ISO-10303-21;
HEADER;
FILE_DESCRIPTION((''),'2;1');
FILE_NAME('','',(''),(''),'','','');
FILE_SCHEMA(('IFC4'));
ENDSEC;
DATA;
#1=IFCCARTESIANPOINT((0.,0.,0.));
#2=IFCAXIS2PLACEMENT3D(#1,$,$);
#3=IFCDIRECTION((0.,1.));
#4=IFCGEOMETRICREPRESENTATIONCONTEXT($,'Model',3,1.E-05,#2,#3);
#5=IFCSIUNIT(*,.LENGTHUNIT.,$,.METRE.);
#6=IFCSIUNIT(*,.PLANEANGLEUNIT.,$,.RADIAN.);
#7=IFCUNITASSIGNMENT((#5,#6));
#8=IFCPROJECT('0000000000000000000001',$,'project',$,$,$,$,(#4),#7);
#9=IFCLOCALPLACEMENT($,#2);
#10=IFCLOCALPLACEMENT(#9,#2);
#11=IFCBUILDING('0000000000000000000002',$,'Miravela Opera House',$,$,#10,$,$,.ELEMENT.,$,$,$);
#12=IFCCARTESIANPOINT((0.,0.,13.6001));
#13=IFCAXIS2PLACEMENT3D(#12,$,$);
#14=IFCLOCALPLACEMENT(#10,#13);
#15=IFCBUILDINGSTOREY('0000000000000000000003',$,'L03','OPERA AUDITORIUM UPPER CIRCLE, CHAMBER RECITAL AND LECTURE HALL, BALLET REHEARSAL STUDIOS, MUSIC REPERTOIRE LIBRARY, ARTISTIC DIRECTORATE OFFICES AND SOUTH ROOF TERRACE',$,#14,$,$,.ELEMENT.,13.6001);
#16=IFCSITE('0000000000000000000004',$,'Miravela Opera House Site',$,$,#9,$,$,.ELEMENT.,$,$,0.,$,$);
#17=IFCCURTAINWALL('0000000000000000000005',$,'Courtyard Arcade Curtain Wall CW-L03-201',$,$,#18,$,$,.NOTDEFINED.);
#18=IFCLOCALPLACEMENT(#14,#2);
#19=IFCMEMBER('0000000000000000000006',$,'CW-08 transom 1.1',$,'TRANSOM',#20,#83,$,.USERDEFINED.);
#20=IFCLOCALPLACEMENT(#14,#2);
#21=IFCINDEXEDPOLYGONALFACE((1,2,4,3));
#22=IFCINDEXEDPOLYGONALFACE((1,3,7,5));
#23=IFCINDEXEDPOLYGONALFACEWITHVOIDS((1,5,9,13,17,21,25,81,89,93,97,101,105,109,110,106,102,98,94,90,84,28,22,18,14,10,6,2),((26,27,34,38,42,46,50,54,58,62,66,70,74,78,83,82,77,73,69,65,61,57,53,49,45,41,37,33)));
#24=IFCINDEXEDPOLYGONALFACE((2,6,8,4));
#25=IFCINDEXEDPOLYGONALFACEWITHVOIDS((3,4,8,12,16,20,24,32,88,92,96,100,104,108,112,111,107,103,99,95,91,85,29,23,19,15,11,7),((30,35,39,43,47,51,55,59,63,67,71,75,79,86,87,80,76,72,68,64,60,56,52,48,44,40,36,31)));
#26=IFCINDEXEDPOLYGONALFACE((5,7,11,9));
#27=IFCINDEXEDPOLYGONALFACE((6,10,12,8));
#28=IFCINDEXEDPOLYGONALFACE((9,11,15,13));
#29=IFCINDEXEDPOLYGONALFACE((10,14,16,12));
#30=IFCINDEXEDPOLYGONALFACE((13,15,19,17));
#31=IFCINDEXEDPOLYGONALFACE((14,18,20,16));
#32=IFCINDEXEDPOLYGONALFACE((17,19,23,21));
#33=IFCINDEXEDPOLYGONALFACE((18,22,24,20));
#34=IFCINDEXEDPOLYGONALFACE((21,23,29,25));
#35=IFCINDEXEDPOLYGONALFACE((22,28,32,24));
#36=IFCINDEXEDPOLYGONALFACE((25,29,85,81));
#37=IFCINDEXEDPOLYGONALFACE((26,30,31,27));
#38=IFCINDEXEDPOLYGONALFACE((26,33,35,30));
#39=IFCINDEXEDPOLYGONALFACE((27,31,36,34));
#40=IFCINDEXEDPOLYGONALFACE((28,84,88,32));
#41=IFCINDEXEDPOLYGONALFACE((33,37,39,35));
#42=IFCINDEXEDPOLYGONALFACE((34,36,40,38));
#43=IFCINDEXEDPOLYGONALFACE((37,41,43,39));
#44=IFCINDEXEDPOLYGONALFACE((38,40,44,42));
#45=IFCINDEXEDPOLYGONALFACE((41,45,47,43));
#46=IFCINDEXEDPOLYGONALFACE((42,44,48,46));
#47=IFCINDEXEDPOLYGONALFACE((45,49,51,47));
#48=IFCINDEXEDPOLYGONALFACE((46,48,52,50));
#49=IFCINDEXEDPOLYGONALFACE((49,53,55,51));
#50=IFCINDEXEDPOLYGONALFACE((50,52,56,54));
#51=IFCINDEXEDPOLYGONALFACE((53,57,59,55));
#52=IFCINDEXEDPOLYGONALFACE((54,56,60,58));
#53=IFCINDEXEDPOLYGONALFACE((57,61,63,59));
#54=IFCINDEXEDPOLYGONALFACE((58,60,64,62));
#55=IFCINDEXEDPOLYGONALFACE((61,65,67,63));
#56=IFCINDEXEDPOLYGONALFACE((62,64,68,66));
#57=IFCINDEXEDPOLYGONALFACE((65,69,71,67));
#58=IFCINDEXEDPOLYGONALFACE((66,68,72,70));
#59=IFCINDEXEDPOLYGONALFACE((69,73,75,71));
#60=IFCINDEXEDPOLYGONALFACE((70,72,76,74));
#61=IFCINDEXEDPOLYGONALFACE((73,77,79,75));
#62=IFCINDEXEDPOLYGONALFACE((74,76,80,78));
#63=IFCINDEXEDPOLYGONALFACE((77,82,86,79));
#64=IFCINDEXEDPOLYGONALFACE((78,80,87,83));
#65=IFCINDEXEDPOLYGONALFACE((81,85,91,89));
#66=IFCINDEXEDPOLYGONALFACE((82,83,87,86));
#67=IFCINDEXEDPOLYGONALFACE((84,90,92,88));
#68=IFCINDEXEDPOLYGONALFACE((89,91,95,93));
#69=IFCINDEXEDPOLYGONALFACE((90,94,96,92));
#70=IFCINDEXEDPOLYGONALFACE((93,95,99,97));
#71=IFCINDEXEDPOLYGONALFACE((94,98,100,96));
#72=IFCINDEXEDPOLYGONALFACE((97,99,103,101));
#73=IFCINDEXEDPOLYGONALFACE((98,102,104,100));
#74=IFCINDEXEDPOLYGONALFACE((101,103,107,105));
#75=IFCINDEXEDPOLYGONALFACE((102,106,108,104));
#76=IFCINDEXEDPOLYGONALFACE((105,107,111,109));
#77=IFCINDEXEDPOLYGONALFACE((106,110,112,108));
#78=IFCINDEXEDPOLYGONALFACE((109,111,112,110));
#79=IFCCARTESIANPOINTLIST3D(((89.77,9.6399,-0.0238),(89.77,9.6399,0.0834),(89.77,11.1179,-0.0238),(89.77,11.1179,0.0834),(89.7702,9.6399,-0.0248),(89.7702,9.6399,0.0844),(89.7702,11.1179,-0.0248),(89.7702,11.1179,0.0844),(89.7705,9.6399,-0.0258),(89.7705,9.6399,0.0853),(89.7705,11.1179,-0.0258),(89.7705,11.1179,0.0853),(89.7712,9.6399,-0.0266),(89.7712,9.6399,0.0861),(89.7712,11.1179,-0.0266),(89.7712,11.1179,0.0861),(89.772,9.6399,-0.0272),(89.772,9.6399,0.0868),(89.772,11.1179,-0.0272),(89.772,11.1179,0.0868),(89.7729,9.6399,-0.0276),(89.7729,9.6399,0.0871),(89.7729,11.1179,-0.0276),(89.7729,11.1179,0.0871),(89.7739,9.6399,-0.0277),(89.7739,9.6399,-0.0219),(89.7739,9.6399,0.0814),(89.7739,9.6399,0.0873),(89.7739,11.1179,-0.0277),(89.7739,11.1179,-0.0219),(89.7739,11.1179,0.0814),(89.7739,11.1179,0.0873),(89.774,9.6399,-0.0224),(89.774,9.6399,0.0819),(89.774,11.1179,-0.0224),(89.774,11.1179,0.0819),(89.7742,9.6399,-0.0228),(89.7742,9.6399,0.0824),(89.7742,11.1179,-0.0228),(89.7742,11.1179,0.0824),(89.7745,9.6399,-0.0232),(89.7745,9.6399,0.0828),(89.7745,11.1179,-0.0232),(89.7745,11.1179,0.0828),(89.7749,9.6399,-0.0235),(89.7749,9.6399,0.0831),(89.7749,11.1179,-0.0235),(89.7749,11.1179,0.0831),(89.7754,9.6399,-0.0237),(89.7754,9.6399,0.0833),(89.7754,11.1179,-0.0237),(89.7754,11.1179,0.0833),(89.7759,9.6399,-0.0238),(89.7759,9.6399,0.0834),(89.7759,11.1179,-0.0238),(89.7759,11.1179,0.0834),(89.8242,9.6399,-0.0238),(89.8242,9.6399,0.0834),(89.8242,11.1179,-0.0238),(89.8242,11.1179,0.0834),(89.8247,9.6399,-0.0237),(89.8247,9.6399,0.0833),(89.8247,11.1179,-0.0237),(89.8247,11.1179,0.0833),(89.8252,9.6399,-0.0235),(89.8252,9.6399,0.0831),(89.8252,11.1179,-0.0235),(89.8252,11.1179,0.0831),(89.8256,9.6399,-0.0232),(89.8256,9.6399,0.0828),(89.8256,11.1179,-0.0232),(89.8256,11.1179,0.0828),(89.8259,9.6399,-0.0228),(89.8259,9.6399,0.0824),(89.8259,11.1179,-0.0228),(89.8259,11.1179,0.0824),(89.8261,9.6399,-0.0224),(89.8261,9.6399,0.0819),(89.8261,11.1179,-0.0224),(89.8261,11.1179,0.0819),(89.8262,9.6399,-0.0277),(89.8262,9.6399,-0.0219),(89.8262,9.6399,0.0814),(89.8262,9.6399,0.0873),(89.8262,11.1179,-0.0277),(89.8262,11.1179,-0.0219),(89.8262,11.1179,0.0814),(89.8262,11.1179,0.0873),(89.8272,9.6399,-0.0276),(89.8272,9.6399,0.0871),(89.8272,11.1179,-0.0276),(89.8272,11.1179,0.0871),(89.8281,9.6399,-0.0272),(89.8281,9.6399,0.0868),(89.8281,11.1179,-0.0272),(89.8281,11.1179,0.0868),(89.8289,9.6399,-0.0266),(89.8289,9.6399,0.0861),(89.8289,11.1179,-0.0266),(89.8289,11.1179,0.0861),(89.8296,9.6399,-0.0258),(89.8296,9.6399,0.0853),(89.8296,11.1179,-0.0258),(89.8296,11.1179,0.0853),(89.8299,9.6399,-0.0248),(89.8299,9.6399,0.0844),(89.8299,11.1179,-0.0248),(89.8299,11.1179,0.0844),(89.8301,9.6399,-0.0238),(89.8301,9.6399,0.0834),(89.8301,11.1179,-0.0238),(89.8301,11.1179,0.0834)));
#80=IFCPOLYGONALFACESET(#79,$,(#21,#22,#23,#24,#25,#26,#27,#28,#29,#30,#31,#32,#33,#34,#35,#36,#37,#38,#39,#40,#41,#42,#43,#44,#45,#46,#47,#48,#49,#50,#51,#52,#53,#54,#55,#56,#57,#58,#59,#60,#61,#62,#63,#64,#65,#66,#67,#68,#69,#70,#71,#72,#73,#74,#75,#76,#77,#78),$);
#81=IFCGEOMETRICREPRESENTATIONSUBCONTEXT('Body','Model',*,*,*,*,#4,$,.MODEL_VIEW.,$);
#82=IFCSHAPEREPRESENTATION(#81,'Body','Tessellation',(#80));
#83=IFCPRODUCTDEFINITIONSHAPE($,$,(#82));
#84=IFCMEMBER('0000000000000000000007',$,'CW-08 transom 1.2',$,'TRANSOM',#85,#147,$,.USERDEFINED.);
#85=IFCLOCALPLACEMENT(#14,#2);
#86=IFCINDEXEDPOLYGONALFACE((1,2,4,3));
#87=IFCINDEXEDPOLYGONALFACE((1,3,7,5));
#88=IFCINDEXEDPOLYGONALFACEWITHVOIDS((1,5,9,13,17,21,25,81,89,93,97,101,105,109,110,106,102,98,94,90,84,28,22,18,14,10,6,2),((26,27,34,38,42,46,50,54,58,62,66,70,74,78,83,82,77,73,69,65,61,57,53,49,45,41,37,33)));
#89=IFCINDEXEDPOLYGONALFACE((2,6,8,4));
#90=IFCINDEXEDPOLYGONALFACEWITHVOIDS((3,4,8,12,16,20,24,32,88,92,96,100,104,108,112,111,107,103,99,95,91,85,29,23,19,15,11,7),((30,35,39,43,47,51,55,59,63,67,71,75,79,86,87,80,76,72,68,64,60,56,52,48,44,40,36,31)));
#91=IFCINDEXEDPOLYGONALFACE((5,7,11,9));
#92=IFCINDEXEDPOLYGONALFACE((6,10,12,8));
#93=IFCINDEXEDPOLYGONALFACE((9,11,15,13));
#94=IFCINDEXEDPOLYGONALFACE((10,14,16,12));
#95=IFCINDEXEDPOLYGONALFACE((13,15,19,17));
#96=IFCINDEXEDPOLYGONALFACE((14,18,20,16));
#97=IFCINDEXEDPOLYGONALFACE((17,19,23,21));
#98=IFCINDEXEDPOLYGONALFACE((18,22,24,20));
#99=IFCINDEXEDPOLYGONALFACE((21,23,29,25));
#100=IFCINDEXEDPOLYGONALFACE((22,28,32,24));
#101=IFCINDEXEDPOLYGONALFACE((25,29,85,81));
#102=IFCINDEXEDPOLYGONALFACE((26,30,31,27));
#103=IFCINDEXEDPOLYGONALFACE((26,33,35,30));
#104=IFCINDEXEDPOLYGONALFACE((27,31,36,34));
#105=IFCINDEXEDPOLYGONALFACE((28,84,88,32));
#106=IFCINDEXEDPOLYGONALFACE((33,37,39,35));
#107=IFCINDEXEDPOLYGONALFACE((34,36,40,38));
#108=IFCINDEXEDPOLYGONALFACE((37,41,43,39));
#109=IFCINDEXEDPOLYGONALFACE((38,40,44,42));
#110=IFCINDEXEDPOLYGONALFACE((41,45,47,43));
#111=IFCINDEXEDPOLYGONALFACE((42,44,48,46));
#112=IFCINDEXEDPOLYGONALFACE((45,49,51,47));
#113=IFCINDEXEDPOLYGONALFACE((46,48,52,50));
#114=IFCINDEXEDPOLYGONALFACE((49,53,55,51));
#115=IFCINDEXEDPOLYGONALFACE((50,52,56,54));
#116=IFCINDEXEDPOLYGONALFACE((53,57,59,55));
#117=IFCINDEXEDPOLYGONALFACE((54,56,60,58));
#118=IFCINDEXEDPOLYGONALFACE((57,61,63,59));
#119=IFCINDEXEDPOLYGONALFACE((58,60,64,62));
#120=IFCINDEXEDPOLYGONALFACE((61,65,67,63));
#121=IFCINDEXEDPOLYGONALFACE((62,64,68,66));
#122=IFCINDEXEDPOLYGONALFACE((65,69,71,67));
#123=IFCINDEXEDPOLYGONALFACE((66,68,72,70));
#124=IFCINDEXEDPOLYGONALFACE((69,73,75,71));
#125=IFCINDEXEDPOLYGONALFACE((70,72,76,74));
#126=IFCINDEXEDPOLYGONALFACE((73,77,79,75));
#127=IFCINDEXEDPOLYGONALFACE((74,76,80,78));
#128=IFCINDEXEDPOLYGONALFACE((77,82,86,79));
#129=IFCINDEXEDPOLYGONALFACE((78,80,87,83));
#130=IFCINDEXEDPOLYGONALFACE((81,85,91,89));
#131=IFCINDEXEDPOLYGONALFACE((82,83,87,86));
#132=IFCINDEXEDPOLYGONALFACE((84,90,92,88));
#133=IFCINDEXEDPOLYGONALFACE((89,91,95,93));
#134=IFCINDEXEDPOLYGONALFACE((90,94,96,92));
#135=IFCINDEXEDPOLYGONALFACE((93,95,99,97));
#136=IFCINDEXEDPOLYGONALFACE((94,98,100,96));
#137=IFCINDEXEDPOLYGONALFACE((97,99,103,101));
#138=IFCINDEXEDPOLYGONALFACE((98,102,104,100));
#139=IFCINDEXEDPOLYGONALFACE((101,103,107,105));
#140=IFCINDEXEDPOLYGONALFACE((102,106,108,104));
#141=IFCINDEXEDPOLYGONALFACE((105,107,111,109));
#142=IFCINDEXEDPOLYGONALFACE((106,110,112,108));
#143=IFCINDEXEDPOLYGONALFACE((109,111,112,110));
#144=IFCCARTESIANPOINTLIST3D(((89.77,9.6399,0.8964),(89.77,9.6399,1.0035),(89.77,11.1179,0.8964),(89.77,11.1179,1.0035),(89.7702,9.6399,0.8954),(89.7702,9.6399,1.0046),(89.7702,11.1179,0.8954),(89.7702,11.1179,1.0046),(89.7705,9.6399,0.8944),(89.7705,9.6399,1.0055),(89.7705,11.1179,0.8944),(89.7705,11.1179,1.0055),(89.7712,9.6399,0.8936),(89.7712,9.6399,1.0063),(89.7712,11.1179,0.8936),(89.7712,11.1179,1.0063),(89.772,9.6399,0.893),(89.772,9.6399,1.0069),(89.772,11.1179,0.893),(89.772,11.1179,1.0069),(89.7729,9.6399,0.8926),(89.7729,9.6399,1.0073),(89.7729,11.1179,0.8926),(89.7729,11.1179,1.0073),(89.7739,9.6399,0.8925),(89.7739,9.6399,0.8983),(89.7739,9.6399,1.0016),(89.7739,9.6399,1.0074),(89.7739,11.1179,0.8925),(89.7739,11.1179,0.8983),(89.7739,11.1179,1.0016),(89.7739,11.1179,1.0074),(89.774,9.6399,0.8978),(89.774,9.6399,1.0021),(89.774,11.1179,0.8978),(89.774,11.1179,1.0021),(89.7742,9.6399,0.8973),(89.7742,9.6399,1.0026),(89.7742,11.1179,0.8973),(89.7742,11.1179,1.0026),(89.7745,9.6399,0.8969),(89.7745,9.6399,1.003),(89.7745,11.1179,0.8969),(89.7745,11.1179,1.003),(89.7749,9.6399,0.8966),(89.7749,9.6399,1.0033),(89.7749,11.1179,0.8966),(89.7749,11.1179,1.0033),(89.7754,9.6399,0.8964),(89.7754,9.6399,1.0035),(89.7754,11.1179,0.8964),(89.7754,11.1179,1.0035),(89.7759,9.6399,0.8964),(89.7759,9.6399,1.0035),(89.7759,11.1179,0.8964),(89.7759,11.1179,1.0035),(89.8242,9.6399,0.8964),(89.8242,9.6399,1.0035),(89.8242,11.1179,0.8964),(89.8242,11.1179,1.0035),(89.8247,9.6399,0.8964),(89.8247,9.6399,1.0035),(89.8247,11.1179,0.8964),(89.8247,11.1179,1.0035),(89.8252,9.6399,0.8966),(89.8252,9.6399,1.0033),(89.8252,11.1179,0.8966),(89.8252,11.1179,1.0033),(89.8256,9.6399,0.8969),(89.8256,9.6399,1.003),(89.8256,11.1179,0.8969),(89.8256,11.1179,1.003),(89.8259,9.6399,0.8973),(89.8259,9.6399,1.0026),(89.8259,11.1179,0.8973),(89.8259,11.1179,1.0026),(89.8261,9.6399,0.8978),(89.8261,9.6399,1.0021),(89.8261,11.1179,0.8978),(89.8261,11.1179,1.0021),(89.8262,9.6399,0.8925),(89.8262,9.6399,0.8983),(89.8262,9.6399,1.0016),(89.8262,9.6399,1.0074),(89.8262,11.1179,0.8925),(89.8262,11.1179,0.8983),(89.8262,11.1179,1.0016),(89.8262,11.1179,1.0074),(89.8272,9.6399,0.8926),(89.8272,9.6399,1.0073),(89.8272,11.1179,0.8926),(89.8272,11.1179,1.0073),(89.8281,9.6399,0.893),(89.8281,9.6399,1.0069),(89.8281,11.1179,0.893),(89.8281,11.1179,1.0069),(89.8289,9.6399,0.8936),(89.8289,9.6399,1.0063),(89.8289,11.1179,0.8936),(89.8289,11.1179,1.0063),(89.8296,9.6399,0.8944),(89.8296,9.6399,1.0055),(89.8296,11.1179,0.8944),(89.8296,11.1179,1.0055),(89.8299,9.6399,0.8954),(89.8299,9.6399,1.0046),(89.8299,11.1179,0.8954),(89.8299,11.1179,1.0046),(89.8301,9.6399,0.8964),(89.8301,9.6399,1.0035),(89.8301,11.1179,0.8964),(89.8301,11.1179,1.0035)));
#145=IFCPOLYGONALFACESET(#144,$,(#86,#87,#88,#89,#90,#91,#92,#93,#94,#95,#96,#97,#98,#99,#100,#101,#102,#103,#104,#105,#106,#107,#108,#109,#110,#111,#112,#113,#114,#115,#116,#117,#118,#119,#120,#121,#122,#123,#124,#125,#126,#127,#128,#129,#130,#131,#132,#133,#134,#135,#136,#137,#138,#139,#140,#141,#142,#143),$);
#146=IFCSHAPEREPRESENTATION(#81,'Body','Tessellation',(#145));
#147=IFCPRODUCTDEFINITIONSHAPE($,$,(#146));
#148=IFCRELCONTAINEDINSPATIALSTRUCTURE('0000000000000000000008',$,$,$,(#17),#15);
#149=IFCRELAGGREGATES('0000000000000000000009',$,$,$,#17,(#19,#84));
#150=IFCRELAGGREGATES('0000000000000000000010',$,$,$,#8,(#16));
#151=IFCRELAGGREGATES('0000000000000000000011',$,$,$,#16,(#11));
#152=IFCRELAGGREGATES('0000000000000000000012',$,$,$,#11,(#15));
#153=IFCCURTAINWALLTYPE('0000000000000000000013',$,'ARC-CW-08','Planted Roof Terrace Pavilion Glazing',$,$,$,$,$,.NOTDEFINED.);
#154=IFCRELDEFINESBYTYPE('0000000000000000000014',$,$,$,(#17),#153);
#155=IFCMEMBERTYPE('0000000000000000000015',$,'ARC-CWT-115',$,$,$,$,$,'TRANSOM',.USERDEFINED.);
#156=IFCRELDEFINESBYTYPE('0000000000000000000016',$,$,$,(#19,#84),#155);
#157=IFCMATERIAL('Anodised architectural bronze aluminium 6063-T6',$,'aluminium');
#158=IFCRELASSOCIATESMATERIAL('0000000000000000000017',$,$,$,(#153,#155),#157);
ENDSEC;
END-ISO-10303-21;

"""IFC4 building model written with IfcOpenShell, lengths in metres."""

from ifc_helpers import new_model, si_unit, direction, frame, origin, origin_2d, place, context, subcontext, project, spatial, hollow_rectangle, extrude, material, material_profile, profile_set, type_object, element, aggregate, save


model = new_model("IFC4")

# Units and contexts
model_context = context("Model", 3, precision=1e-05, world=origin(), true_north=direction((0.0, 1.0)))
body_context = subcontext(model_context, "Body", "Model", "MODEL_VIEW")
ifc_project = project(units=[si_unit("LENGTHUNIT", "METRE"), si_unit("PLANEANGLEUNIT", "RADIAN")], contexts=[model_context])

# Site, building, storey
site_placement = place(None, origin())
site = spatial("IfcSite", under=ifc_project, at=site_placement, Name="Miravela Opera House Site", CompositionType="ELEMENT", RefElevation=0.0)
building_placement = place(site_placement, origin())
building = spatial("IfcBuilding", under=site, at=building_placement, Name="Miravela Opera House", CompositionType="ELEMENT")
storey_placement = place(building_placement, frame((0.0, 0.0, 13.6001)))
storey = spatial("IfcBuildingStorey", under=building, at=storey_placement, Name="L03", Description="OPERA AUDITORIUM UPPER CIRCLE, CHAMBER RECITAL AND LECTURE HALL, BALLET REHEARSAL STUDIOS, MUSIC REPERTOIRE LIBRARY, ARTISTIC DIRECTORATE OFFICES AND SOUTH ROOF TERRACE", CompositionType="ELEMENT", Elevation=13.6001)

# Curtain wall, members
ifc_material_1 = material(Name="Anodised architectural bronze aluminium 6063-T6", Category="aluminium")
curtain_wall_type = type_object("IfcCurtainWallType", Name="ARC-CW-08", Description="Planted Roof Terrace Pavilion Glazing", PredefinedType="NOTDEFINED", material=ifc_material_1)
curtain_wall_placement = place(storey_placement, origin())
curtain_wall = element("IfcCurtainWall", 1, at=curtain_wall_placement, inside=storey, type_object=curtain_wall_type, Name="Courtyard Arcade Curtain Wall CW-L03-201", PredefinedType="NOTDEFINED")
ifc_material_profile_1 = material_profile(ifc_material_1, hollow_rectangle(XDim=0.0601, YDim=0.115, WallThickness=0.0039, InnerFilletRadius=0.002, OuterFilletRadius=0.0039, at=origin_2d()), Name="CWT-60X115")
ifc_profile_set_1 = profile_set([ifc_material_profile_1])
member_type_1 = type_object("IfcMemberType", Name="ARC-CWT-115", ElementType="TRANSOM", PredefinedType="USERDEFINED", material=ifc_profile_set_1)
member_1_placement = place(storey_placement, frame((89.8, 9.6399, 0.0298), z_axis=(0.0, 1.0, 0.0), x_axis=(-1.0, 0.0, 0.0)))
member_1 = element("IfcMember", 2, at=member_1_placement, type_object=member_type_1, Name="CW-08 transom 1.1", ObjectType="TRANSOM", PredefinedType="USERDEFINED", context=body_context, shape_type="SweptSolid", body=[
    extrude(hollow_rectangle(XDim=0.0601, YDim=0.115, WallThickness=0.0039, InnerFilletRadius=0.002, OuterFilletRadius=0.0039, at=origin_2d()), origin(), (0.0, 0.0, 1.0), 1.478),
])
member_2_placement = place(storey_placement, frame((89.8, 9.6399, 0.95), z_axis=(0.0, 1.0, 0.0), x_axis=(-1.0, 0.0, 0.0)))
member_2 = element("IfcMember", 3, at=member_2_placement, type_object=member_type_1, Name="CW-08 transom 1.2", ObjectType="TRANSOM", PredefinedType="USERDEFINED", context=body_context, shape_type="SweptSolid", body=[
    extrude(hollow_rectangle(XDim=0.0601, YDim=0.115, WallThickness=0.0039, InnerFilletRadius=0.002, OuterFilletRadius=0.0039, at=origin_2d()), origin(), (0.0, 0.0, 1.0), 1.478),
])

aggregate(curtain_wall, [member_1, member_2])

save(model, "model.ifc")
